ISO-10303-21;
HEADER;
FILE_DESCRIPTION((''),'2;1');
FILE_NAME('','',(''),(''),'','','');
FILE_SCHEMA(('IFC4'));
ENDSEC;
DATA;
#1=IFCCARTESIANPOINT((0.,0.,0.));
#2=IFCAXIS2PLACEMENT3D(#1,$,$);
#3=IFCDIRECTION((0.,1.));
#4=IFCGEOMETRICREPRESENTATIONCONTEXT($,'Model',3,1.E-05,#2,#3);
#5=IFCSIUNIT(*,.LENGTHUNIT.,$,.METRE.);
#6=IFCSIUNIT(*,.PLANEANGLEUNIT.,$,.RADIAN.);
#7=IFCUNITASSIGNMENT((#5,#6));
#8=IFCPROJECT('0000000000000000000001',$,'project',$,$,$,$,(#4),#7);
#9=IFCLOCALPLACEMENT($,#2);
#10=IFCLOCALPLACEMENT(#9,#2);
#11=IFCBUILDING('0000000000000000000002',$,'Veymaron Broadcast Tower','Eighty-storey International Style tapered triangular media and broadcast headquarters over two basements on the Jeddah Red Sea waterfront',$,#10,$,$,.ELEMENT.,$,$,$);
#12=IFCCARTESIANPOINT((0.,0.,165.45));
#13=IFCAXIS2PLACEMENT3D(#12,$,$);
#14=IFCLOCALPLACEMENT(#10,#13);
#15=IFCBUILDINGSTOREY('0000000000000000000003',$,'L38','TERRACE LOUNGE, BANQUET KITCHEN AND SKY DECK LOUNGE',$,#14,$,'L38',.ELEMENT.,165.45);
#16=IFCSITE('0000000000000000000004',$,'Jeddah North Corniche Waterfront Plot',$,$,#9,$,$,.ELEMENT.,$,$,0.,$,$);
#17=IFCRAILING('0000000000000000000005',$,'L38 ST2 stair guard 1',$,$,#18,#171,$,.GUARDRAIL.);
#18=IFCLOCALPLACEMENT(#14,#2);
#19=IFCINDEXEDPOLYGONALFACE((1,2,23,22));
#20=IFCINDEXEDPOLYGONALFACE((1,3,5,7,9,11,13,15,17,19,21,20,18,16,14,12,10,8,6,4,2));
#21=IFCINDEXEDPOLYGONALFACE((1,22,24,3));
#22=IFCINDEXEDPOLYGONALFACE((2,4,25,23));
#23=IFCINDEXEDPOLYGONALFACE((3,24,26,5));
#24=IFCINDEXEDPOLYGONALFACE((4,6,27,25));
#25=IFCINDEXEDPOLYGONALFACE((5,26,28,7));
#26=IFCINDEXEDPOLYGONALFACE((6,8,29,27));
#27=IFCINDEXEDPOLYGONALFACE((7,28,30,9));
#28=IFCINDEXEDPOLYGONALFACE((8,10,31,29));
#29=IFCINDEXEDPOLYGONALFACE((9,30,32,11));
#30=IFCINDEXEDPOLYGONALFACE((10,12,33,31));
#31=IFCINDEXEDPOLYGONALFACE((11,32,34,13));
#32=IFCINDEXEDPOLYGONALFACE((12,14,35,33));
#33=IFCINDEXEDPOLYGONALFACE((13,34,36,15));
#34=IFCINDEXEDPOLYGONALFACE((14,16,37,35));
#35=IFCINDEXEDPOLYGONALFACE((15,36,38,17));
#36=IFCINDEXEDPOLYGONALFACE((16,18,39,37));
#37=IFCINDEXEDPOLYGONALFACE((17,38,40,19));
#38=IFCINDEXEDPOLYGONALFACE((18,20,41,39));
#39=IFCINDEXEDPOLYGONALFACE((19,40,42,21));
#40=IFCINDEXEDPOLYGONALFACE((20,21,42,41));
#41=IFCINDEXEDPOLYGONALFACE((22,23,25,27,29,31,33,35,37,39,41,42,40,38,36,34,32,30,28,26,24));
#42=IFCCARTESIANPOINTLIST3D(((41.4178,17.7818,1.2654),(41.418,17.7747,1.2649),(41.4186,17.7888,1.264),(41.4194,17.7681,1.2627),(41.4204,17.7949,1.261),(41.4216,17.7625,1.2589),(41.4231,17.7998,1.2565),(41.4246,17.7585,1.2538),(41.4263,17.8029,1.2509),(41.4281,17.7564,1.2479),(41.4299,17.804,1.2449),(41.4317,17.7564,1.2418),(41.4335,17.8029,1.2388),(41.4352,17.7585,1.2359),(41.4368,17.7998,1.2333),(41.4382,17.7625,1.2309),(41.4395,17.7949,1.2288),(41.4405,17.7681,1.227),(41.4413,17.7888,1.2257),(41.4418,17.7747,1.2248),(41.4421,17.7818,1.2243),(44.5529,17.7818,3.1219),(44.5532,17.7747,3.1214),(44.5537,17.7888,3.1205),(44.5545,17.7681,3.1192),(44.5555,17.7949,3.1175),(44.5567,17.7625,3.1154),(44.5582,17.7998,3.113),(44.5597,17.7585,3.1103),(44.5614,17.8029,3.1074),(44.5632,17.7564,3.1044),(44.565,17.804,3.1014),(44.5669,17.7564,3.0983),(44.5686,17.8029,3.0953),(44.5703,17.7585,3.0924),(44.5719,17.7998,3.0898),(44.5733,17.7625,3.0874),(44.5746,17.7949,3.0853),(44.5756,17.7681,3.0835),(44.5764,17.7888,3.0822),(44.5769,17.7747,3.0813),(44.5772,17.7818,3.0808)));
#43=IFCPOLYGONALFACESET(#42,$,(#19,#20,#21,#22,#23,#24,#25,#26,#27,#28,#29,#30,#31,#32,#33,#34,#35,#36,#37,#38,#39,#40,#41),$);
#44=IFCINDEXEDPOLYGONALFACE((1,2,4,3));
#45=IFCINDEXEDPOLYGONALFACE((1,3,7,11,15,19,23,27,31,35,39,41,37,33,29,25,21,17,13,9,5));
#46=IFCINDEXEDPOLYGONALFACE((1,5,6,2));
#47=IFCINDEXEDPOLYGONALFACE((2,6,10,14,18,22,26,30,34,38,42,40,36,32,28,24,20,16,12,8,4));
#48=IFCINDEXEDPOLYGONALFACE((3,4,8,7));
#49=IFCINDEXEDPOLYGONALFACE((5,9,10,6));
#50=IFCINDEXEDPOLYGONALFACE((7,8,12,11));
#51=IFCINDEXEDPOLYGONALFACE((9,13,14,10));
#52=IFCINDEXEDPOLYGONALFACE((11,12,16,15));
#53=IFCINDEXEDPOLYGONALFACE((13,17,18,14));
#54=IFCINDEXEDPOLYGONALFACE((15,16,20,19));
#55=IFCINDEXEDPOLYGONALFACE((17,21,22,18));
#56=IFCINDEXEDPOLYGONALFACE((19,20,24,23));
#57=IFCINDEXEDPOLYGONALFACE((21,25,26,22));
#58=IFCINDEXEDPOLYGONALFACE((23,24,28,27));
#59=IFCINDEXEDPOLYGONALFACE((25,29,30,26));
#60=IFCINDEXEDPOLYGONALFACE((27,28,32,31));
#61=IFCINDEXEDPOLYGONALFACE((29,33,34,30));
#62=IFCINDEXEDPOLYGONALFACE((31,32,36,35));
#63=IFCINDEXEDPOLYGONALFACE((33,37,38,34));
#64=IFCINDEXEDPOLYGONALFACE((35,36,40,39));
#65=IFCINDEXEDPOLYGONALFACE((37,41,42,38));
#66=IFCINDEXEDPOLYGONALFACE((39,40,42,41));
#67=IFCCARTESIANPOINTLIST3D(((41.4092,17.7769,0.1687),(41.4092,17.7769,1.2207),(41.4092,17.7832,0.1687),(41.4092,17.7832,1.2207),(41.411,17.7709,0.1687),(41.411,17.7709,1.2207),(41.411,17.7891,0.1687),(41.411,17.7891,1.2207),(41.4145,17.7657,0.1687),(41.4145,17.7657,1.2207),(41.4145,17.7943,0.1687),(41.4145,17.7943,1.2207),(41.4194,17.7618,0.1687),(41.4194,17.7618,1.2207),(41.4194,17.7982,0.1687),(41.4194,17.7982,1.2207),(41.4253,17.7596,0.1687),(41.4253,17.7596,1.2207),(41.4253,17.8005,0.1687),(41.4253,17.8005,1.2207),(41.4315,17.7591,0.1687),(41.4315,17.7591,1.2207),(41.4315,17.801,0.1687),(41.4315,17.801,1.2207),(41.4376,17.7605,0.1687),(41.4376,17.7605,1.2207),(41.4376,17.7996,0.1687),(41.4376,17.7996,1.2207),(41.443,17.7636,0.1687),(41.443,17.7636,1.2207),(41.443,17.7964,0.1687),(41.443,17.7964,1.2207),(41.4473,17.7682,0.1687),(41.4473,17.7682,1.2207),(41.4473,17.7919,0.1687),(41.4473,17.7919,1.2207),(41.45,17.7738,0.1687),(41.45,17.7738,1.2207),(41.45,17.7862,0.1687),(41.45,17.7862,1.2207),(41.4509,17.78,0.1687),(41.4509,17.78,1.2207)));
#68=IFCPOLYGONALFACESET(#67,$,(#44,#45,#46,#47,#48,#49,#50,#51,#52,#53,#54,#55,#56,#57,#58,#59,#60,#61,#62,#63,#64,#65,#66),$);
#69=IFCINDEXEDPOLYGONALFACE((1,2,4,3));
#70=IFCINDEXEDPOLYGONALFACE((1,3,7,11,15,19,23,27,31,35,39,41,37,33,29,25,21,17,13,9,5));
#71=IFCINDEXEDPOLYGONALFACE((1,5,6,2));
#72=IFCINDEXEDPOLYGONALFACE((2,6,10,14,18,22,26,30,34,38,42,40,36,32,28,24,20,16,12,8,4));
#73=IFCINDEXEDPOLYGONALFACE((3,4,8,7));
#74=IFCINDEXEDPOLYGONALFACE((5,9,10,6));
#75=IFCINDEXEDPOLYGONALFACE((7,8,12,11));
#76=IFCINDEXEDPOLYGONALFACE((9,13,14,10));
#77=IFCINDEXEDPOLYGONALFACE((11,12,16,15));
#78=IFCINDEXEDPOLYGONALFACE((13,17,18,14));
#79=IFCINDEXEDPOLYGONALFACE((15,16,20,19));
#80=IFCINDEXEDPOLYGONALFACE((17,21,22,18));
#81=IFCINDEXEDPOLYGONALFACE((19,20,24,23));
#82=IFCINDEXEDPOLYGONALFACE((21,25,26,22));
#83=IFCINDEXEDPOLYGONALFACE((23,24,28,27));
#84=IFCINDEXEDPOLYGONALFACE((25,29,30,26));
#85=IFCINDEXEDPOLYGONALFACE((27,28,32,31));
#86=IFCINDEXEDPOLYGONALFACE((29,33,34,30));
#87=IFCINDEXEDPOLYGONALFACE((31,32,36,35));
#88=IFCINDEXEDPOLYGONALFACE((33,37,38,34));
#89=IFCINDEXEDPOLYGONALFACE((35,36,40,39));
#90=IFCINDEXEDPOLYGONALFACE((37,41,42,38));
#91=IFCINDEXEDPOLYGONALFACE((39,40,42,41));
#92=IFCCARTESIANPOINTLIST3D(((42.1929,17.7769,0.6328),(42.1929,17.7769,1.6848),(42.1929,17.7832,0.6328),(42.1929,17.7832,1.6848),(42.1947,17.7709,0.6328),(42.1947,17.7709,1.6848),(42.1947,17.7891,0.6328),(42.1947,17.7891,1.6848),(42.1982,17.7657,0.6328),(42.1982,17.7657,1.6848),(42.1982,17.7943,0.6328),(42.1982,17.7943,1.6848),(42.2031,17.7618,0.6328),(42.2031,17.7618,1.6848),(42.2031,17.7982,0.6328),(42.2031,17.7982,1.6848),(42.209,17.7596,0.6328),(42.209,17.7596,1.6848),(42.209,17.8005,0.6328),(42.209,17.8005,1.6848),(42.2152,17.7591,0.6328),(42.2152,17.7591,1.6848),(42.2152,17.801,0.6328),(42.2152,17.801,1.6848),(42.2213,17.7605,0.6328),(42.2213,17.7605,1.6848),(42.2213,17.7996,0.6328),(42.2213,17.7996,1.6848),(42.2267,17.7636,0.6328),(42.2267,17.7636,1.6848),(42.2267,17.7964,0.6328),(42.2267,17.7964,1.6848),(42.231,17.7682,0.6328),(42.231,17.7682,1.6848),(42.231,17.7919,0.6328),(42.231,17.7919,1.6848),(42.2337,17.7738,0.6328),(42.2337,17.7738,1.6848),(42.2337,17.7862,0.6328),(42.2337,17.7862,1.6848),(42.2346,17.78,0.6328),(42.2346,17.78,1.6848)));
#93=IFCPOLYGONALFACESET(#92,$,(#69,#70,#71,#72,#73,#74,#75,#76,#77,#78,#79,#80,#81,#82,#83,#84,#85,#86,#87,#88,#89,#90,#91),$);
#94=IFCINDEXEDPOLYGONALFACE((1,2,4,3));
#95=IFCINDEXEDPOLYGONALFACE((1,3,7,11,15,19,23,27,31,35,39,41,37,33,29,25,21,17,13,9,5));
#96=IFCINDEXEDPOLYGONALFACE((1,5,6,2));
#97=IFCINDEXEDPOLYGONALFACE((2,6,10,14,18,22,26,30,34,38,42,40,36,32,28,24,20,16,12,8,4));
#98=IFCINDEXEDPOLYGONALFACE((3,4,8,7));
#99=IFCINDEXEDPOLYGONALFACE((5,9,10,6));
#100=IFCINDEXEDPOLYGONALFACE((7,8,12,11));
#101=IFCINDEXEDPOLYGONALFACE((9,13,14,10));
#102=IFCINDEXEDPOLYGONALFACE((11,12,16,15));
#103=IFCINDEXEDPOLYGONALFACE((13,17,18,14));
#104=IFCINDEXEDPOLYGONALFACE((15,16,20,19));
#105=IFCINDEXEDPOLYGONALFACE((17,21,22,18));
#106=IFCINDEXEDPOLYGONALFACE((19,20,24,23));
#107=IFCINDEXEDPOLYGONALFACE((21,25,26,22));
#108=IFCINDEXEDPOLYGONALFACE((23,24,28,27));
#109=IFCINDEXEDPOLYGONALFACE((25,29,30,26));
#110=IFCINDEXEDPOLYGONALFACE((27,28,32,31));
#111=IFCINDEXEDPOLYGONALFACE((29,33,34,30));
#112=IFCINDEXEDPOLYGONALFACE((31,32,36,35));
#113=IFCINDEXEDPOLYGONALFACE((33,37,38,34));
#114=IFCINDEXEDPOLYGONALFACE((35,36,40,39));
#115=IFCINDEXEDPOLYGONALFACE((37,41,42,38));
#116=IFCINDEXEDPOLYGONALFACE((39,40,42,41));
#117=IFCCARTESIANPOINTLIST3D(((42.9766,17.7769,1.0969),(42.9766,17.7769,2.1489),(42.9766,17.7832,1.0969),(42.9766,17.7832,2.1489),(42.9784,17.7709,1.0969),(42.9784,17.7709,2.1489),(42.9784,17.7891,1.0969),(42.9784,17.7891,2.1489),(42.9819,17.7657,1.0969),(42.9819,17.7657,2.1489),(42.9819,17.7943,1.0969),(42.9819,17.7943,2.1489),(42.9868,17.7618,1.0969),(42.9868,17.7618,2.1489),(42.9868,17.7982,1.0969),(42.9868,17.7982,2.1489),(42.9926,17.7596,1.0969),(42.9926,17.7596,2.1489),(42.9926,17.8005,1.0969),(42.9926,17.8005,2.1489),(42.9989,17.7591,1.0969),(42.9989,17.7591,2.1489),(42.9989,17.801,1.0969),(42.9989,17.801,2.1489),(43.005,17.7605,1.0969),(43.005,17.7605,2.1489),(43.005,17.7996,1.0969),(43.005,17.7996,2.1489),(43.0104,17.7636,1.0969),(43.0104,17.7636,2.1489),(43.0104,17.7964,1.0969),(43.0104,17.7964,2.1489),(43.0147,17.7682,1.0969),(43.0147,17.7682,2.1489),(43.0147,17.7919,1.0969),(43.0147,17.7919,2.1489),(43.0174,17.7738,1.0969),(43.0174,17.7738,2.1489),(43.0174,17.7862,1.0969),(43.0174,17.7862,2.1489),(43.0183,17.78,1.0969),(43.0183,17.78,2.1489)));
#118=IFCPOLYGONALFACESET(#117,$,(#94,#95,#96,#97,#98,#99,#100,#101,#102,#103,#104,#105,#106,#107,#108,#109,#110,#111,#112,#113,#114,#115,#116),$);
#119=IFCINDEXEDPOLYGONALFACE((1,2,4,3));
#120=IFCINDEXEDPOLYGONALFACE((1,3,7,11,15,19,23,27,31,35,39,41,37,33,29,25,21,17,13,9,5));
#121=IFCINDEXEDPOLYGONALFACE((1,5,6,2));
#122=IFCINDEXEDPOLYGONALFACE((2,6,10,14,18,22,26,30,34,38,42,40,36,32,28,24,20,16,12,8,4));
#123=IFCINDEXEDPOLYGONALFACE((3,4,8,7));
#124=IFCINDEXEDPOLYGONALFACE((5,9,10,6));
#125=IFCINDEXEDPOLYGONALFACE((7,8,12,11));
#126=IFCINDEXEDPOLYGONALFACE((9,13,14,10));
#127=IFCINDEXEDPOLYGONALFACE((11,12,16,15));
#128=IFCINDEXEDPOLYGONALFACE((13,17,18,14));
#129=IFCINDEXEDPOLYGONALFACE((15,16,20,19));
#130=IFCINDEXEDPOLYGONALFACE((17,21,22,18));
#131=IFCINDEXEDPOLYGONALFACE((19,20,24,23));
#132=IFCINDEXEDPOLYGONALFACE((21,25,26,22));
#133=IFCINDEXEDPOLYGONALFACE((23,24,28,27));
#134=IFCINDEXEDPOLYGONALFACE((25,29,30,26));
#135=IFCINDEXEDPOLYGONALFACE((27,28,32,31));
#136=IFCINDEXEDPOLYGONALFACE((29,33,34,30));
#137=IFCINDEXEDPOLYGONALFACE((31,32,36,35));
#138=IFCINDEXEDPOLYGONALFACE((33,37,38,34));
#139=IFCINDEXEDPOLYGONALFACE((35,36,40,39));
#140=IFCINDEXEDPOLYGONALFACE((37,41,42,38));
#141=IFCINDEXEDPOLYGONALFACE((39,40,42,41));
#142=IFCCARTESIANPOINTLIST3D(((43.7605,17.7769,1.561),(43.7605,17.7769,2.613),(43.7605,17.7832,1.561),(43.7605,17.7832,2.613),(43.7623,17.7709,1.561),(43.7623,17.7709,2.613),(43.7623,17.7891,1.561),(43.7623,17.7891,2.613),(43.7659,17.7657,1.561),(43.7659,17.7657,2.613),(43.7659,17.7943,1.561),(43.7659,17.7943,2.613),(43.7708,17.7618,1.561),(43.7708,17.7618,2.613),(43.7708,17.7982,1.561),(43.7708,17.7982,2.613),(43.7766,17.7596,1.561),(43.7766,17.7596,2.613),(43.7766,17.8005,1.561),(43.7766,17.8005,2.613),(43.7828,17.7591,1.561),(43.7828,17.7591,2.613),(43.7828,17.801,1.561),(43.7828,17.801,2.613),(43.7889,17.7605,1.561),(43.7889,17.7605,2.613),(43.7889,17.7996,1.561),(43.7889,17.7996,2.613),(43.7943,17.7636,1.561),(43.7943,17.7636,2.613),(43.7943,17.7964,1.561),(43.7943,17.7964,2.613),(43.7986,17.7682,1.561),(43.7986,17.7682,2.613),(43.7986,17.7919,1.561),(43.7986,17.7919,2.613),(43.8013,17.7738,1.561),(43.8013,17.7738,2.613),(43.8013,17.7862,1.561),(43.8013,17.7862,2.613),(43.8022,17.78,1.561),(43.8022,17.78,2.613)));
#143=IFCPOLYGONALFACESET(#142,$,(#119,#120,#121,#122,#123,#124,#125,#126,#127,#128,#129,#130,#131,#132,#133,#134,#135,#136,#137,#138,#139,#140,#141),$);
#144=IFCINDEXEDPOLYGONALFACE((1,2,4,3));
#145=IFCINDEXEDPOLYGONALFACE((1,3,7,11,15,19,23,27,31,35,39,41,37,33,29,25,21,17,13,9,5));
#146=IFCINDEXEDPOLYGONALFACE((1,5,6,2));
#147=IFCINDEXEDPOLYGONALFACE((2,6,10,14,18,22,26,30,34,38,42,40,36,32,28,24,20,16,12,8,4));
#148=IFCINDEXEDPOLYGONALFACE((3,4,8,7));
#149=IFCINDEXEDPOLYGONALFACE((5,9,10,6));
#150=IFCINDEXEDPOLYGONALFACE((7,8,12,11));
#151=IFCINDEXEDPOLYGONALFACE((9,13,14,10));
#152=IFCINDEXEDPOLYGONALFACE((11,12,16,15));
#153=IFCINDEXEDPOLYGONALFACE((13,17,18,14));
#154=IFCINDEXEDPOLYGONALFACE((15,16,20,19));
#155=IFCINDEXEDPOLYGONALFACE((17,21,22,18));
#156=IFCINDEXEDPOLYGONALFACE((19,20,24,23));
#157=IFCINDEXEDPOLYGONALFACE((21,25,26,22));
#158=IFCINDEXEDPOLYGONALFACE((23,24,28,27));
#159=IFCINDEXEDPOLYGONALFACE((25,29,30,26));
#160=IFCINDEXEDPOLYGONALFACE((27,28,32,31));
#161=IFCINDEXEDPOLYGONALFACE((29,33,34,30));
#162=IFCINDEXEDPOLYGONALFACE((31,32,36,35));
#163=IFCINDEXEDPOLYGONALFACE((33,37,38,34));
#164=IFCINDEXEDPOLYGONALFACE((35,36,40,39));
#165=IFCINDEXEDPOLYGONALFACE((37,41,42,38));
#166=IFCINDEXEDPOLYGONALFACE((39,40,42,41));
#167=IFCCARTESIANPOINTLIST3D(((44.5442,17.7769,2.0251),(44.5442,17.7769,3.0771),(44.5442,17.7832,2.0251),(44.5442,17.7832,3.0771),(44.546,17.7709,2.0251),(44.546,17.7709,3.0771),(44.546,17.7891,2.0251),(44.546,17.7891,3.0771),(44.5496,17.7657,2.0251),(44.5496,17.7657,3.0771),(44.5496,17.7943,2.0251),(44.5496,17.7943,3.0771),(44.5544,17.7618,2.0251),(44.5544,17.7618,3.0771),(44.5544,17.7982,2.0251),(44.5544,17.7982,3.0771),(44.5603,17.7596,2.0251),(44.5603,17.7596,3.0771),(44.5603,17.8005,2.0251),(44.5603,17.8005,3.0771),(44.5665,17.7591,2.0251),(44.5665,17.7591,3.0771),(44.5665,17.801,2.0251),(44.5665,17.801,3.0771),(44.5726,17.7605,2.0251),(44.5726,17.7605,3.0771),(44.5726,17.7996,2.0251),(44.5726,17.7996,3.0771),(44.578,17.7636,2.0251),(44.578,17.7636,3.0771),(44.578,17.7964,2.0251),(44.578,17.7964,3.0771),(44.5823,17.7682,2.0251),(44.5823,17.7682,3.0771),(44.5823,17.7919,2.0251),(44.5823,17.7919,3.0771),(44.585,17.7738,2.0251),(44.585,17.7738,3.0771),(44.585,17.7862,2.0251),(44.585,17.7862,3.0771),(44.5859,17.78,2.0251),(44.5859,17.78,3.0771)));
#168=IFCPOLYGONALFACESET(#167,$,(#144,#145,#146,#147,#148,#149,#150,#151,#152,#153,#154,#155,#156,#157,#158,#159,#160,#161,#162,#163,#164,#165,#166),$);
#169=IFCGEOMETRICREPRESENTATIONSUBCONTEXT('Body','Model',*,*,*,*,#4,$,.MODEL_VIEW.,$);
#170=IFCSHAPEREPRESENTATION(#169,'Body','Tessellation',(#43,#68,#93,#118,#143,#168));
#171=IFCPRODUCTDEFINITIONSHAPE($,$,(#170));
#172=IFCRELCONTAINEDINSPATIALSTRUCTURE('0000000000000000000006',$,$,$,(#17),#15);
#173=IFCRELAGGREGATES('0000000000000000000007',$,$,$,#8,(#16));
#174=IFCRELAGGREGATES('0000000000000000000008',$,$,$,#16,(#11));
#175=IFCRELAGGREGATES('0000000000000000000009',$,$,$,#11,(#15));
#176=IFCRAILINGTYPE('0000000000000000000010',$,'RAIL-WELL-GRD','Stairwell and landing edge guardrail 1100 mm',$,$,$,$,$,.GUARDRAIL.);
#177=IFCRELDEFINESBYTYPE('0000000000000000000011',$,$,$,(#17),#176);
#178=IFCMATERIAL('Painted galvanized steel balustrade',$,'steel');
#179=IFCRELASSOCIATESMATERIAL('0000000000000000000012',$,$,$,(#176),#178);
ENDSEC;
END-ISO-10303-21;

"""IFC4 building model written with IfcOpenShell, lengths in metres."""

from ifc_helpers import new_model, si_unit, direction, frame, origin, origin_2d, place, context, subcontext, project, spatial, circle, extrude, material, type_object, element, save


model = new_model("IFC4")

# Units and contexts
model_context = context("Model", 3, precision=1e-05, world=origin(), true_north=direction((0.0, 1.0)))
body_context = subcontext(model_context, "Body", "Model", "MODEL_VIEW")
ifc_project = project(units=[si_unit("LENGTHUNIT", "METRE"), si_unit("PLANEANGLEUNIT", "RADIAN")], contexts=[model_context])

# Site, building, storey
site_placement = place(None, origin())
site = spatial("IfcSite", under=ifc_project, at=site_placement, Name="Jeddah North Corniche Waterfront Plot", CompositionType="ELEMENT", RefElevation=0.0)
building_placement = place(site_placement, origin())
building = spatial("IfcBuilding", under=site, at=building_placement, Name="Veymaron Broadcast Tower", Description="Eighty-storey International Style tapered triangular media and broadcast headquarters over two basements on the Jeddah Red Sea waterfront", CompositionType="ELEMENT")
storey_placement = place(building_placement, frame((0.0, 0.0, 165.45)))
storey = spatial("IfcBuildingStorey", under=building, at=storey_placement, Name="L38", Description="TERRACE LOUNGE, BANQUET KITCHEN AND SKY DECK LOUNGE", LongName="L38", CompositionType="ELEMENT", Elevation=165.45)

# Railing
ifc_material_1 = material(Name="Painted galvanized steel balustrade", Category="steel")
railing_type_1 = type_object("IfcRailingType", Name="RAIL-WELL-GRD", Description="Stairwell and landing edge guardrail 1100 mm", PredefinedType="GUARDRAIL", material=ifc_material_1)
railing_1_placement = place(storey_placement, frame((41.4299, 17.78, 0.1687)))
element("IfcRailing", 1, at=railing_1_placement, inside=storey, type_object=railing_type_1, Name="L38 ST2 stair guard 1", PredefinedType="GUARDRAIL", context=body_context, shape_type="SweptSolid", body=[
    extrude(circle(Radius=0.0239, at=origin_2d()), frame((0.0, 0.0, 1.0762), z_axis=(0.860453, 0.0, 0.509531), x_axis=(0.0, 1.0, 0.0)), (0.0, 0.0, 1.0), 3.6436),
    extrude(circle(Radius=0.021, at=origin_2d()), origin(), (0.0, 0.0, 1.0), 1.052),
    extrude(circle(Radius=0.021, at=origin_2d()), frame((0.7837, 0.0, 0.4641)), (0.0, 0.0, 1.0), 1.052),
    extrude(circle(Radius=0.021, at=origin_2d()), frame((1.5674, 0.0, 0.9282)), (0.0, 0.0, 1.0), 1.052),
    extrude(circle(Radius=0.021, at=origin_2d()), frame((2.3513, 0.0, 1.3923)), (0.0, 0.0, 1.0), 1.052),
    extrude(circle(Radius=0.021, at=origin_2d()), frame((3.135, 0.0, 1.8564)), (0.0, 0.0, 1.0), 1.052),
])

save(model, "model.ifc")
